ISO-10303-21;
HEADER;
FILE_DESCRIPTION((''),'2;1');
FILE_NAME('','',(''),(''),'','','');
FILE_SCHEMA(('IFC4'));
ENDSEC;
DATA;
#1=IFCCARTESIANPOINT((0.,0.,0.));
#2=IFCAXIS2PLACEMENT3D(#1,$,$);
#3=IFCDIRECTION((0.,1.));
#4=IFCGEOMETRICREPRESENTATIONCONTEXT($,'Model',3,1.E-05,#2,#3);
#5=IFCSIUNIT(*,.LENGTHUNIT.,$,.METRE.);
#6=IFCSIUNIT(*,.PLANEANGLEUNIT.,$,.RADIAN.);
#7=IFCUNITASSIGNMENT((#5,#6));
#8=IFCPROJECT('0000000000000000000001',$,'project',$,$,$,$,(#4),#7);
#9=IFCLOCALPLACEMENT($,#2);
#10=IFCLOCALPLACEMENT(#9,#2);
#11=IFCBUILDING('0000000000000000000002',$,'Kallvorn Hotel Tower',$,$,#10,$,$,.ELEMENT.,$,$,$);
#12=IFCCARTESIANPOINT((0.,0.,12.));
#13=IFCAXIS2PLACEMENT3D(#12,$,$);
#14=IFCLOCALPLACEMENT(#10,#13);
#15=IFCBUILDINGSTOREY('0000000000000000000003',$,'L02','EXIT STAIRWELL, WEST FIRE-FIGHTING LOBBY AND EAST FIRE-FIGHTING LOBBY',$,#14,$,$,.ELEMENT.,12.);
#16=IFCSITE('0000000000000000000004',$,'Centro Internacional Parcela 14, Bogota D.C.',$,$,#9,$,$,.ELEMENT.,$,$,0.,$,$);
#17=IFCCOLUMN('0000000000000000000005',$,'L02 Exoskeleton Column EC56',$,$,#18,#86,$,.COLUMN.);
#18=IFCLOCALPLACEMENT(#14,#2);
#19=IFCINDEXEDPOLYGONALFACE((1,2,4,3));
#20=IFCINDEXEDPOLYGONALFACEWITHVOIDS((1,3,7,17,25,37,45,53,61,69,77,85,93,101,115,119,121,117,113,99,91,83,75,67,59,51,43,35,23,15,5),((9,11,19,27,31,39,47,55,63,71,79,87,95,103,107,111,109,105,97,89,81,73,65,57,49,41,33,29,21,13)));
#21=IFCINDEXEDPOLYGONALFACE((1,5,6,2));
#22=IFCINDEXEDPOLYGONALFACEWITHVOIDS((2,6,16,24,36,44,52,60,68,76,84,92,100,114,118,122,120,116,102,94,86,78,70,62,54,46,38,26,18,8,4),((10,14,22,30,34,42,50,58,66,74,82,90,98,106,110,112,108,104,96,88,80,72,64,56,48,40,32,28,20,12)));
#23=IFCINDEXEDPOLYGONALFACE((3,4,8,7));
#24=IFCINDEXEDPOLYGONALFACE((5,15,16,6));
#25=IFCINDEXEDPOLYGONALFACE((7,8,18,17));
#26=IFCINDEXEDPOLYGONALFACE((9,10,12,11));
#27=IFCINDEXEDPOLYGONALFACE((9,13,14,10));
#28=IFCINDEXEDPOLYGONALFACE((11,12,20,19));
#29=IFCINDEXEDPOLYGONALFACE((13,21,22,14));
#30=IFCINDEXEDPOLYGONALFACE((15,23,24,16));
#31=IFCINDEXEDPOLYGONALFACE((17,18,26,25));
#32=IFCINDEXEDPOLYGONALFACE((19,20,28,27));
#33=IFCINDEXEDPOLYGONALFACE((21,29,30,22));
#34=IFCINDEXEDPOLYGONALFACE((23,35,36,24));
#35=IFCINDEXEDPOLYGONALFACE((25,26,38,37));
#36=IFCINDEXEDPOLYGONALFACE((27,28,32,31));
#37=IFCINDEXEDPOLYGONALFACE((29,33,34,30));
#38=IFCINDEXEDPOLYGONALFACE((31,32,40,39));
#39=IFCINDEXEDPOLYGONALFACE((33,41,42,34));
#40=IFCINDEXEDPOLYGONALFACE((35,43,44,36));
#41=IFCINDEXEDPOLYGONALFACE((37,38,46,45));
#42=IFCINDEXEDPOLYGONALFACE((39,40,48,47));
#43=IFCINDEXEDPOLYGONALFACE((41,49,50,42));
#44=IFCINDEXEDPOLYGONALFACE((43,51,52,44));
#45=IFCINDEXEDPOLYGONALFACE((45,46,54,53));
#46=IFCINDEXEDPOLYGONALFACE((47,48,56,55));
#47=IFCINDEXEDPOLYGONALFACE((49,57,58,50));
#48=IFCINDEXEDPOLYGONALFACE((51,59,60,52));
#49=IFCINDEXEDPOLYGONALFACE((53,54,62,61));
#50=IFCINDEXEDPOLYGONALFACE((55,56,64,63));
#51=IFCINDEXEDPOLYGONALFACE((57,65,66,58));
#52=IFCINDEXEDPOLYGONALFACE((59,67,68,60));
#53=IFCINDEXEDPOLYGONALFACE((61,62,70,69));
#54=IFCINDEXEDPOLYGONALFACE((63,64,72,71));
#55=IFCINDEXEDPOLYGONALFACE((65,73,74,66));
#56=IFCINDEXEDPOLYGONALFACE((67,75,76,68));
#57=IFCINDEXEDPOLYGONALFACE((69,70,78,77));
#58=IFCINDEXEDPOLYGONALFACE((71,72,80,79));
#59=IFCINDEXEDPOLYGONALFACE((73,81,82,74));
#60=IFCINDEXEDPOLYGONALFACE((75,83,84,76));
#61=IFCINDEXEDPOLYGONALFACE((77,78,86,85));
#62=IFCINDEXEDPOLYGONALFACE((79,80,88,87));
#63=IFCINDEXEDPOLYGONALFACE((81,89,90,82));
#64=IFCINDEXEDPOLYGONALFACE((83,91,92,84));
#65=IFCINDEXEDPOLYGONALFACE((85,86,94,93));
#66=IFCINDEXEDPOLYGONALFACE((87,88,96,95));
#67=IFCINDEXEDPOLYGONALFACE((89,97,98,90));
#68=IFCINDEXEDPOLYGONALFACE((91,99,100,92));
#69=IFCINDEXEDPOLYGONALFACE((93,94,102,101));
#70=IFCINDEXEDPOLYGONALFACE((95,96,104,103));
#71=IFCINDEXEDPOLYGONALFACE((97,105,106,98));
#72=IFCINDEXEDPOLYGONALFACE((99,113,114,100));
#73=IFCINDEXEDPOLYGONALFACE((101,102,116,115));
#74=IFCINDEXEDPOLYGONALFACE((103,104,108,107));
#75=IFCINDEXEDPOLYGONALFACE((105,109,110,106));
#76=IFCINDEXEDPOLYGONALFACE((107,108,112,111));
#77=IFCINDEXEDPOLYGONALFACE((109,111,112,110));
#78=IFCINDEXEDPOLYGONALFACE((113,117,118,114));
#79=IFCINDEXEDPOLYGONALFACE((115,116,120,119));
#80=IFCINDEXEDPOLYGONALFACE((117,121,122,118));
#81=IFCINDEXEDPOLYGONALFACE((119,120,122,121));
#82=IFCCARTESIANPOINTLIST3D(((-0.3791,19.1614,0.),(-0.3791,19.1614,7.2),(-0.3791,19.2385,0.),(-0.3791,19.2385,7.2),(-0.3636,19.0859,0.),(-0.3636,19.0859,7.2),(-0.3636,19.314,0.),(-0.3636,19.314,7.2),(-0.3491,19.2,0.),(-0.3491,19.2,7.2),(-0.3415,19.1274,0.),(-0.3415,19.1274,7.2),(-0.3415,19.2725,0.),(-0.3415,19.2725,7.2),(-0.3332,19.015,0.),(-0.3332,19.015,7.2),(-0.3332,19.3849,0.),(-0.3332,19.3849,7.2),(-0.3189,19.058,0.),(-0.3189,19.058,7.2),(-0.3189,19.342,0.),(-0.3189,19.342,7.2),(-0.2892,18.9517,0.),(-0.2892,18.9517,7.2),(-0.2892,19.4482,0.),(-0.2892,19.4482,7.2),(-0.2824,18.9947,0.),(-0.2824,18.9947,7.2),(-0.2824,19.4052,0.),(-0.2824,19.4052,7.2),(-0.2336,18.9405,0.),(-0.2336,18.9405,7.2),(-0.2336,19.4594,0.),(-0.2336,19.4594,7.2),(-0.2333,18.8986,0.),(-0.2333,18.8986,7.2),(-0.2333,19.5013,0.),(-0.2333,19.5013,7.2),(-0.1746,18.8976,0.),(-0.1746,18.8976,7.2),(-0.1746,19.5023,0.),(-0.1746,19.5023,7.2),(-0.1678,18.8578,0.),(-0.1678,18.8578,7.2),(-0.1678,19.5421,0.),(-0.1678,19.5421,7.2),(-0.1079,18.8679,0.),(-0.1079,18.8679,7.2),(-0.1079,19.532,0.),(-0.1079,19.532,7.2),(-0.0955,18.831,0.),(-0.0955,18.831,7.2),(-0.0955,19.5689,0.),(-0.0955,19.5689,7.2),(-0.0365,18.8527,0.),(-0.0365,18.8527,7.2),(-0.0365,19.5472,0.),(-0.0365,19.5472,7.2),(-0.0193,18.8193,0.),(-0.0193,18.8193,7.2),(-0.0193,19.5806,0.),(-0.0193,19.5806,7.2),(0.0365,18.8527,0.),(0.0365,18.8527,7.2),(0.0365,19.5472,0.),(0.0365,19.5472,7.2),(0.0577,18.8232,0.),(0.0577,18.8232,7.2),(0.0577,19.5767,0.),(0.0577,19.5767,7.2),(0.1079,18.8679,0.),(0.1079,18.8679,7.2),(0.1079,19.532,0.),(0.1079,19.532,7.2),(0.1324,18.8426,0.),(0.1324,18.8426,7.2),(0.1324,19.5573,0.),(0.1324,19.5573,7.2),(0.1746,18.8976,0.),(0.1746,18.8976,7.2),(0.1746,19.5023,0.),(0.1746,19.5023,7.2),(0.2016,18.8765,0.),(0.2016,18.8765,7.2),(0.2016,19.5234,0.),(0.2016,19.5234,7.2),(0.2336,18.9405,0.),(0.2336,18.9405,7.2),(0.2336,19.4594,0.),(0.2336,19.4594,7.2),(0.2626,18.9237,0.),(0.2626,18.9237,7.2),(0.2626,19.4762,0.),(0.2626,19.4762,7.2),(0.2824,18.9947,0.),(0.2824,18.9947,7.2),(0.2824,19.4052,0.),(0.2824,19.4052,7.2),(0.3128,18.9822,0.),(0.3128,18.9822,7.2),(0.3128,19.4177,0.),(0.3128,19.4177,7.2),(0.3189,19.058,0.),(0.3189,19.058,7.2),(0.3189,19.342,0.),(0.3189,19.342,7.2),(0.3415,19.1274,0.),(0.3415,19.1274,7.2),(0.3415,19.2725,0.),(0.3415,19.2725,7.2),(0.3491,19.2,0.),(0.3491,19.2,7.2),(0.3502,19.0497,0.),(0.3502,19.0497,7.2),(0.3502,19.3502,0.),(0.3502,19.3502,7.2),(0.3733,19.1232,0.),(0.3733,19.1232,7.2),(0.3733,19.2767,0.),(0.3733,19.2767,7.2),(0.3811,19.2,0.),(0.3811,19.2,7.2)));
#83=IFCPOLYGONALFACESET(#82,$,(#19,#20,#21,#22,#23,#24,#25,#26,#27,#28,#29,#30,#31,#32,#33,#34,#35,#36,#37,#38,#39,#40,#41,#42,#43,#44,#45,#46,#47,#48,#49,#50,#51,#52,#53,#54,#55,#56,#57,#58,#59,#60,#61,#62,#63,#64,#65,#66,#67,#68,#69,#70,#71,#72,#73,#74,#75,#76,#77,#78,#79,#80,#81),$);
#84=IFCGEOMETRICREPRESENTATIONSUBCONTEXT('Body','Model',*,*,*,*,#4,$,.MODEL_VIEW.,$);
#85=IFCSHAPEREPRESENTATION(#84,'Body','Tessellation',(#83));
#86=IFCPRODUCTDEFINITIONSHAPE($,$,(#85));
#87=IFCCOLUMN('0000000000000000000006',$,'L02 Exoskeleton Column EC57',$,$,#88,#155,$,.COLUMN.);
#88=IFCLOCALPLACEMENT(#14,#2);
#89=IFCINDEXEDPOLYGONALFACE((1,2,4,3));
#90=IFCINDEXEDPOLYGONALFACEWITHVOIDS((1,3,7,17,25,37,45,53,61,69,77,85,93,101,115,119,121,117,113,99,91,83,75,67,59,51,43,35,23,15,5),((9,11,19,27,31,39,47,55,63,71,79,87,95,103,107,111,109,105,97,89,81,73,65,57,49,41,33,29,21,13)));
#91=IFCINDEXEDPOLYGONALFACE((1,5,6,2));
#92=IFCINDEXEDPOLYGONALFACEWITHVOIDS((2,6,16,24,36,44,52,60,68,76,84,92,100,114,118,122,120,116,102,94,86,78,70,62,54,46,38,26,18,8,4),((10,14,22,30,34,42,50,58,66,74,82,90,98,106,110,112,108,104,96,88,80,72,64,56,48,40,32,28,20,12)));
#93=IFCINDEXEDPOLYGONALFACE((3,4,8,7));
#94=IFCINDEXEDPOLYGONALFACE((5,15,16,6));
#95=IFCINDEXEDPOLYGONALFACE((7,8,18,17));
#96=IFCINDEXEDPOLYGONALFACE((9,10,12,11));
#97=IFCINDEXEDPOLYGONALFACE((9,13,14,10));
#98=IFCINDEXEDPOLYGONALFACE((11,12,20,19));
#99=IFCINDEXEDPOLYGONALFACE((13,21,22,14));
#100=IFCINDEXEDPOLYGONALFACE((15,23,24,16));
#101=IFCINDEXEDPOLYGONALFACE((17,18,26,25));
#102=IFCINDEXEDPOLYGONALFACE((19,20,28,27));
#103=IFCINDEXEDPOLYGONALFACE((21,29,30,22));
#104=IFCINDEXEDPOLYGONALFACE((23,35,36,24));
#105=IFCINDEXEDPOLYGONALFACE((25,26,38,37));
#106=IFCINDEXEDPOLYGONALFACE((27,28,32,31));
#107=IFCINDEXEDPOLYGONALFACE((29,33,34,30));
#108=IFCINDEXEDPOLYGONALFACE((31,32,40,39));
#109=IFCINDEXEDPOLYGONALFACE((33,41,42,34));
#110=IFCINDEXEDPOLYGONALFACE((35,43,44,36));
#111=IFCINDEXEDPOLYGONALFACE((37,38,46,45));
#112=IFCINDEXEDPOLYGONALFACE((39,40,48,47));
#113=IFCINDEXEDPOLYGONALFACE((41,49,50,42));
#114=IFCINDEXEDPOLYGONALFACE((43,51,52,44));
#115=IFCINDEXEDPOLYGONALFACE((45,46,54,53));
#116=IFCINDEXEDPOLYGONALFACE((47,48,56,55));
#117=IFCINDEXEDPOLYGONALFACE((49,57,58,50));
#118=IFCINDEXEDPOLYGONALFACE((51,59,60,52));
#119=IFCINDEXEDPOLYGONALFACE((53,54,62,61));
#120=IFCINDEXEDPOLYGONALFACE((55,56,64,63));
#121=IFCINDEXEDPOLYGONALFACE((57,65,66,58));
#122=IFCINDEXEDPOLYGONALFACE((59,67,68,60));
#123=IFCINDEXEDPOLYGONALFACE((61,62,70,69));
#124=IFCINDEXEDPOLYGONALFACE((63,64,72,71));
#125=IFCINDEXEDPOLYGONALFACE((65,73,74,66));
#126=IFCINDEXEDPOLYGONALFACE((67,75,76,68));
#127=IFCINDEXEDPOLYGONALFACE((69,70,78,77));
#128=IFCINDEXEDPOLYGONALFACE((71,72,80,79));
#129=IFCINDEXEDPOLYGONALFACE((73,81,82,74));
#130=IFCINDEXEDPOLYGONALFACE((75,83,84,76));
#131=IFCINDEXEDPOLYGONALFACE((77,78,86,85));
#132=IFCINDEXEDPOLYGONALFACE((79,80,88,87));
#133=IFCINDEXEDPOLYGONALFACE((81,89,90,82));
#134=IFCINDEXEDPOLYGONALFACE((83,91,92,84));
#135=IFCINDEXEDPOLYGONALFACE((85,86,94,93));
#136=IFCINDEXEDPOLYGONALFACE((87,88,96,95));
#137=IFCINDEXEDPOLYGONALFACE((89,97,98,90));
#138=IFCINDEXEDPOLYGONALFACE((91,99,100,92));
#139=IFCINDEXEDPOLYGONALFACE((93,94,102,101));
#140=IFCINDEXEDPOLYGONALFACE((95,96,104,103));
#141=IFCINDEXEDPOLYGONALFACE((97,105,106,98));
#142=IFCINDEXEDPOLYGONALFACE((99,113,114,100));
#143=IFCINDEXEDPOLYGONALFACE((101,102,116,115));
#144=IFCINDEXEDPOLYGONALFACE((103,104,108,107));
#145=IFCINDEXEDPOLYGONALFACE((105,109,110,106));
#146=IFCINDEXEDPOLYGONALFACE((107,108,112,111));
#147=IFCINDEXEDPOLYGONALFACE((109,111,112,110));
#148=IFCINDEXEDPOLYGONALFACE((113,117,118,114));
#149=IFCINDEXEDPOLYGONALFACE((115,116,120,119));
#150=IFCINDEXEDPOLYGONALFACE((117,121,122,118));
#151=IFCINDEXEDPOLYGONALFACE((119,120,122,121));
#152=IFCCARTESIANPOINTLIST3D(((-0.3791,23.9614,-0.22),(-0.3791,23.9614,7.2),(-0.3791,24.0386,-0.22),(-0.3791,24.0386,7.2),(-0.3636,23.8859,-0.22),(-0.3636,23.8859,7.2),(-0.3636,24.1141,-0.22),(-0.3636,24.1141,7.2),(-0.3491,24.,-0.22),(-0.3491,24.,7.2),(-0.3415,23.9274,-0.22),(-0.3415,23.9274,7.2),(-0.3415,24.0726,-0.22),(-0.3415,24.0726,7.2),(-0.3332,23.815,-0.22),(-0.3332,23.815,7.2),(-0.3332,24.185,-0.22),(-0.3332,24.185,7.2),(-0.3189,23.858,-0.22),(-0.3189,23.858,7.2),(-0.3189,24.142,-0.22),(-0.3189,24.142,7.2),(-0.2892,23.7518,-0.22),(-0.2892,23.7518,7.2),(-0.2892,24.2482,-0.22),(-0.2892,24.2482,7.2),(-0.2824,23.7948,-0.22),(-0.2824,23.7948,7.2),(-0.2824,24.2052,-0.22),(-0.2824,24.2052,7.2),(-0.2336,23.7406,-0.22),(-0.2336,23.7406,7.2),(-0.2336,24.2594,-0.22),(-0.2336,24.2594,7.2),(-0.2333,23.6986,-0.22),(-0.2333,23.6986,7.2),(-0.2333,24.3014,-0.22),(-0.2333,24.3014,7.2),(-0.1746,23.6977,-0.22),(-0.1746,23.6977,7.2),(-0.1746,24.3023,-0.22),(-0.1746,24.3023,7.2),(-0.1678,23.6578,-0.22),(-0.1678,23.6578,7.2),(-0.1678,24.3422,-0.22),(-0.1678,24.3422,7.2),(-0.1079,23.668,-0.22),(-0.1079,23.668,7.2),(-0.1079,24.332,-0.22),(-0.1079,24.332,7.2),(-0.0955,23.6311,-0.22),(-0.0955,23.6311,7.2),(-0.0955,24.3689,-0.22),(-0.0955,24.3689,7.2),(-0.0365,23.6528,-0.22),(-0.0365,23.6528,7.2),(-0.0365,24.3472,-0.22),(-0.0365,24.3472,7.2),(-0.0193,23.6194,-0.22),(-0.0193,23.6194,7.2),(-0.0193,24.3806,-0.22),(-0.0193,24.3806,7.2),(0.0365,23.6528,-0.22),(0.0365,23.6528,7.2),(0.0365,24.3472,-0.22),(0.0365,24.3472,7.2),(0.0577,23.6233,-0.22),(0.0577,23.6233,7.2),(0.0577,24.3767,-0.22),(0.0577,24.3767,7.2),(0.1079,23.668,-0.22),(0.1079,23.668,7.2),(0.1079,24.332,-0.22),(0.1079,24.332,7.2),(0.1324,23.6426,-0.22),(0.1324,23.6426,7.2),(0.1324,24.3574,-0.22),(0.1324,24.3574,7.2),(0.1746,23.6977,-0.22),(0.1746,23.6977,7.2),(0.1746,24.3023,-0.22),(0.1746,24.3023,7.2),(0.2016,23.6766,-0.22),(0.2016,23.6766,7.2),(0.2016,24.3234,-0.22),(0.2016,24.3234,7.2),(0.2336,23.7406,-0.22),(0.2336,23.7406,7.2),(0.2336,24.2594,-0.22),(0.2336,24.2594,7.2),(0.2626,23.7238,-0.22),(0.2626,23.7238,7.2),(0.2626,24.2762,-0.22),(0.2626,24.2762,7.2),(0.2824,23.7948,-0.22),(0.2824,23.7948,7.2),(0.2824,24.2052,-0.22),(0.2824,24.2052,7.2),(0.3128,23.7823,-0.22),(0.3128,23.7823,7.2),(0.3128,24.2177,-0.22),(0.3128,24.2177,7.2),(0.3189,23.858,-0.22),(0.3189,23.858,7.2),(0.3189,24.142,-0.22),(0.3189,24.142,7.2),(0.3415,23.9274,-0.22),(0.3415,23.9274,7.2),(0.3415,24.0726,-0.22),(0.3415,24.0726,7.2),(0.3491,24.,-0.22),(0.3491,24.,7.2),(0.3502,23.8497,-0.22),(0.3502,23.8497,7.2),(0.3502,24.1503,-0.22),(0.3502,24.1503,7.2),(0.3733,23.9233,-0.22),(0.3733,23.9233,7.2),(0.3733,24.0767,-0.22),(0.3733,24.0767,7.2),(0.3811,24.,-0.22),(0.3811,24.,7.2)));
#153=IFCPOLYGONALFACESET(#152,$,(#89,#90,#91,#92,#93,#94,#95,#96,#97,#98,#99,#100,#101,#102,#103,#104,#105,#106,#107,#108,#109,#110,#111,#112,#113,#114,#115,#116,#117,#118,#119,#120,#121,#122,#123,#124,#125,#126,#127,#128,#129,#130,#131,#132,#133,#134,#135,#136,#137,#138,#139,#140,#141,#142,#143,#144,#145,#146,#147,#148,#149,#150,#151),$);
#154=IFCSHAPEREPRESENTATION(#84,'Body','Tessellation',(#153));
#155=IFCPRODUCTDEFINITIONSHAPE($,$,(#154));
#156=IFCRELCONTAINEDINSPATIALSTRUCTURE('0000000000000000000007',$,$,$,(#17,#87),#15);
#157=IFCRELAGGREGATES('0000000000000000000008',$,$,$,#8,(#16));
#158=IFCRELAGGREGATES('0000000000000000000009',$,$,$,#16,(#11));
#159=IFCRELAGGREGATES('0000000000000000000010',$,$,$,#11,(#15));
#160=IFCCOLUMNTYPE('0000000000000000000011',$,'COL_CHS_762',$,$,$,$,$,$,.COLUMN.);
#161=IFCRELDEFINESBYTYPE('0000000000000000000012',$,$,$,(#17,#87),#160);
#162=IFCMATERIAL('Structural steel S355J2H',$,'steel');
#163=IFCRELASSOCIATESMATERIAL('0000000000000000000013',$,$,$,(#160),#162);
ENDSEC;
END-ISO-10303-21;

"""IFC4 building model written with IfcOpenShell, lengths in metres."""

from ifc_helpers import new_model, si_unit, direction, frame, origin, origin_2d, place, context, subcontext, project, spatial, hollow_circle, extrude, material, material_profile, profile_set, type_object, element, save


model = new_model("IFC4")

# Units and contexts
model_context = context("Model", 3, precision=1e-05, world=origin(), true_north=direction((0.0, 1.0)))
body_context = subcontext(model_context, "Body", "Model", "MODEL_VIEW")
ifc_project = project(units=[si_unit("LENGTHUNIT", "METRE"), si_unit("PLANEANGLEUNIT", "RADIAN")], contexts=[model_context])

# Site, building, storey
site_placement = place(None, origin())
site = spatial("IfcSite", under=ifc_project, at=site_placement, Name="Centro Internacional Parcela 14, Bogota D.C.", CompositionType="ELEMENT", RefElevation=0.0)
building_placement = place(site_placement, origin())
building = spatial("IfcBuilding", under=site, at=building_placement, Name="Kallvorn Hotel Tower", CompositionType="ELEMENT")
storey_placement = place(building_placement, frame((0.0, 0.0, 12.0)))
storey = spatial("IfcBuildingStorey", under=building, at=storey_placement, Name="L02", Description="EXIT STAIRWELL, WEST FIRE-FIGHTING LOBBY AND EAST FIRE-FIGHTING LOBBY", CompositionType="ELEMENT", Elevation=12.0)

# Columns
ifc_material_1 = material(Name="Structural steel S355J2H", Category="steel")
ifc_material_profile_1 = material_profile(ifc_material_1, hollow_circle(Radius=0.3811, WallThickness=0.032, at=origin_2d()), Name="CHS 762x32")
ifc_profile_set_1 = profile_set([ifc_material_profile_1], Name="Structural steel S355J2H")
column_type_1 = type_object("IfcColumnType", Name="COL_CHS_762", PredefinedType="COLUMN", material=ifc_profile_set_1)
column_1_placement = place(storey_placement, frame((0.0, 19.2, 0.0), z_axis=(0.0, 0.0, 1.0), x_axis=(1.0, 0.0, 0.0)))
element("IfcColumn", 1, at=column_1_placement, inside=storey, type_object=column_type_1, Name="L02 Exoskeleton Column EC56", PredefinedType="COLUMN", context=body_context, shape_type="SweptSolid", body=[
    extrude(hollow_circle(Radius=0.3811, WallThickness=0.032, at=origin_2d()), origin(), (0.0, 0.0, 1.0), 7.2),
])
column_2_placement = place(storey_placement, frame((0.0, 24.0, -0.22), z_axis=(0.0, 0.0, 1.0), x_axis=(1.0, 0.0, 0.0)))
element("IfcColumn", 2, at=column_2_placement, inside=storey, type_object=column_type_1, Name="L02 Exoskeleton Column EC57", PredefinedType="COLUMN", context=body_context, shape_type="SweptSolid", body=[
    extrude(hollow_circle(Radius=0.3811, WallThickness=0.032, at=origin_2d()), origin(), (0.0, 0.0, 1.0), 7.4199),
])

save(model, "model.ifc")
